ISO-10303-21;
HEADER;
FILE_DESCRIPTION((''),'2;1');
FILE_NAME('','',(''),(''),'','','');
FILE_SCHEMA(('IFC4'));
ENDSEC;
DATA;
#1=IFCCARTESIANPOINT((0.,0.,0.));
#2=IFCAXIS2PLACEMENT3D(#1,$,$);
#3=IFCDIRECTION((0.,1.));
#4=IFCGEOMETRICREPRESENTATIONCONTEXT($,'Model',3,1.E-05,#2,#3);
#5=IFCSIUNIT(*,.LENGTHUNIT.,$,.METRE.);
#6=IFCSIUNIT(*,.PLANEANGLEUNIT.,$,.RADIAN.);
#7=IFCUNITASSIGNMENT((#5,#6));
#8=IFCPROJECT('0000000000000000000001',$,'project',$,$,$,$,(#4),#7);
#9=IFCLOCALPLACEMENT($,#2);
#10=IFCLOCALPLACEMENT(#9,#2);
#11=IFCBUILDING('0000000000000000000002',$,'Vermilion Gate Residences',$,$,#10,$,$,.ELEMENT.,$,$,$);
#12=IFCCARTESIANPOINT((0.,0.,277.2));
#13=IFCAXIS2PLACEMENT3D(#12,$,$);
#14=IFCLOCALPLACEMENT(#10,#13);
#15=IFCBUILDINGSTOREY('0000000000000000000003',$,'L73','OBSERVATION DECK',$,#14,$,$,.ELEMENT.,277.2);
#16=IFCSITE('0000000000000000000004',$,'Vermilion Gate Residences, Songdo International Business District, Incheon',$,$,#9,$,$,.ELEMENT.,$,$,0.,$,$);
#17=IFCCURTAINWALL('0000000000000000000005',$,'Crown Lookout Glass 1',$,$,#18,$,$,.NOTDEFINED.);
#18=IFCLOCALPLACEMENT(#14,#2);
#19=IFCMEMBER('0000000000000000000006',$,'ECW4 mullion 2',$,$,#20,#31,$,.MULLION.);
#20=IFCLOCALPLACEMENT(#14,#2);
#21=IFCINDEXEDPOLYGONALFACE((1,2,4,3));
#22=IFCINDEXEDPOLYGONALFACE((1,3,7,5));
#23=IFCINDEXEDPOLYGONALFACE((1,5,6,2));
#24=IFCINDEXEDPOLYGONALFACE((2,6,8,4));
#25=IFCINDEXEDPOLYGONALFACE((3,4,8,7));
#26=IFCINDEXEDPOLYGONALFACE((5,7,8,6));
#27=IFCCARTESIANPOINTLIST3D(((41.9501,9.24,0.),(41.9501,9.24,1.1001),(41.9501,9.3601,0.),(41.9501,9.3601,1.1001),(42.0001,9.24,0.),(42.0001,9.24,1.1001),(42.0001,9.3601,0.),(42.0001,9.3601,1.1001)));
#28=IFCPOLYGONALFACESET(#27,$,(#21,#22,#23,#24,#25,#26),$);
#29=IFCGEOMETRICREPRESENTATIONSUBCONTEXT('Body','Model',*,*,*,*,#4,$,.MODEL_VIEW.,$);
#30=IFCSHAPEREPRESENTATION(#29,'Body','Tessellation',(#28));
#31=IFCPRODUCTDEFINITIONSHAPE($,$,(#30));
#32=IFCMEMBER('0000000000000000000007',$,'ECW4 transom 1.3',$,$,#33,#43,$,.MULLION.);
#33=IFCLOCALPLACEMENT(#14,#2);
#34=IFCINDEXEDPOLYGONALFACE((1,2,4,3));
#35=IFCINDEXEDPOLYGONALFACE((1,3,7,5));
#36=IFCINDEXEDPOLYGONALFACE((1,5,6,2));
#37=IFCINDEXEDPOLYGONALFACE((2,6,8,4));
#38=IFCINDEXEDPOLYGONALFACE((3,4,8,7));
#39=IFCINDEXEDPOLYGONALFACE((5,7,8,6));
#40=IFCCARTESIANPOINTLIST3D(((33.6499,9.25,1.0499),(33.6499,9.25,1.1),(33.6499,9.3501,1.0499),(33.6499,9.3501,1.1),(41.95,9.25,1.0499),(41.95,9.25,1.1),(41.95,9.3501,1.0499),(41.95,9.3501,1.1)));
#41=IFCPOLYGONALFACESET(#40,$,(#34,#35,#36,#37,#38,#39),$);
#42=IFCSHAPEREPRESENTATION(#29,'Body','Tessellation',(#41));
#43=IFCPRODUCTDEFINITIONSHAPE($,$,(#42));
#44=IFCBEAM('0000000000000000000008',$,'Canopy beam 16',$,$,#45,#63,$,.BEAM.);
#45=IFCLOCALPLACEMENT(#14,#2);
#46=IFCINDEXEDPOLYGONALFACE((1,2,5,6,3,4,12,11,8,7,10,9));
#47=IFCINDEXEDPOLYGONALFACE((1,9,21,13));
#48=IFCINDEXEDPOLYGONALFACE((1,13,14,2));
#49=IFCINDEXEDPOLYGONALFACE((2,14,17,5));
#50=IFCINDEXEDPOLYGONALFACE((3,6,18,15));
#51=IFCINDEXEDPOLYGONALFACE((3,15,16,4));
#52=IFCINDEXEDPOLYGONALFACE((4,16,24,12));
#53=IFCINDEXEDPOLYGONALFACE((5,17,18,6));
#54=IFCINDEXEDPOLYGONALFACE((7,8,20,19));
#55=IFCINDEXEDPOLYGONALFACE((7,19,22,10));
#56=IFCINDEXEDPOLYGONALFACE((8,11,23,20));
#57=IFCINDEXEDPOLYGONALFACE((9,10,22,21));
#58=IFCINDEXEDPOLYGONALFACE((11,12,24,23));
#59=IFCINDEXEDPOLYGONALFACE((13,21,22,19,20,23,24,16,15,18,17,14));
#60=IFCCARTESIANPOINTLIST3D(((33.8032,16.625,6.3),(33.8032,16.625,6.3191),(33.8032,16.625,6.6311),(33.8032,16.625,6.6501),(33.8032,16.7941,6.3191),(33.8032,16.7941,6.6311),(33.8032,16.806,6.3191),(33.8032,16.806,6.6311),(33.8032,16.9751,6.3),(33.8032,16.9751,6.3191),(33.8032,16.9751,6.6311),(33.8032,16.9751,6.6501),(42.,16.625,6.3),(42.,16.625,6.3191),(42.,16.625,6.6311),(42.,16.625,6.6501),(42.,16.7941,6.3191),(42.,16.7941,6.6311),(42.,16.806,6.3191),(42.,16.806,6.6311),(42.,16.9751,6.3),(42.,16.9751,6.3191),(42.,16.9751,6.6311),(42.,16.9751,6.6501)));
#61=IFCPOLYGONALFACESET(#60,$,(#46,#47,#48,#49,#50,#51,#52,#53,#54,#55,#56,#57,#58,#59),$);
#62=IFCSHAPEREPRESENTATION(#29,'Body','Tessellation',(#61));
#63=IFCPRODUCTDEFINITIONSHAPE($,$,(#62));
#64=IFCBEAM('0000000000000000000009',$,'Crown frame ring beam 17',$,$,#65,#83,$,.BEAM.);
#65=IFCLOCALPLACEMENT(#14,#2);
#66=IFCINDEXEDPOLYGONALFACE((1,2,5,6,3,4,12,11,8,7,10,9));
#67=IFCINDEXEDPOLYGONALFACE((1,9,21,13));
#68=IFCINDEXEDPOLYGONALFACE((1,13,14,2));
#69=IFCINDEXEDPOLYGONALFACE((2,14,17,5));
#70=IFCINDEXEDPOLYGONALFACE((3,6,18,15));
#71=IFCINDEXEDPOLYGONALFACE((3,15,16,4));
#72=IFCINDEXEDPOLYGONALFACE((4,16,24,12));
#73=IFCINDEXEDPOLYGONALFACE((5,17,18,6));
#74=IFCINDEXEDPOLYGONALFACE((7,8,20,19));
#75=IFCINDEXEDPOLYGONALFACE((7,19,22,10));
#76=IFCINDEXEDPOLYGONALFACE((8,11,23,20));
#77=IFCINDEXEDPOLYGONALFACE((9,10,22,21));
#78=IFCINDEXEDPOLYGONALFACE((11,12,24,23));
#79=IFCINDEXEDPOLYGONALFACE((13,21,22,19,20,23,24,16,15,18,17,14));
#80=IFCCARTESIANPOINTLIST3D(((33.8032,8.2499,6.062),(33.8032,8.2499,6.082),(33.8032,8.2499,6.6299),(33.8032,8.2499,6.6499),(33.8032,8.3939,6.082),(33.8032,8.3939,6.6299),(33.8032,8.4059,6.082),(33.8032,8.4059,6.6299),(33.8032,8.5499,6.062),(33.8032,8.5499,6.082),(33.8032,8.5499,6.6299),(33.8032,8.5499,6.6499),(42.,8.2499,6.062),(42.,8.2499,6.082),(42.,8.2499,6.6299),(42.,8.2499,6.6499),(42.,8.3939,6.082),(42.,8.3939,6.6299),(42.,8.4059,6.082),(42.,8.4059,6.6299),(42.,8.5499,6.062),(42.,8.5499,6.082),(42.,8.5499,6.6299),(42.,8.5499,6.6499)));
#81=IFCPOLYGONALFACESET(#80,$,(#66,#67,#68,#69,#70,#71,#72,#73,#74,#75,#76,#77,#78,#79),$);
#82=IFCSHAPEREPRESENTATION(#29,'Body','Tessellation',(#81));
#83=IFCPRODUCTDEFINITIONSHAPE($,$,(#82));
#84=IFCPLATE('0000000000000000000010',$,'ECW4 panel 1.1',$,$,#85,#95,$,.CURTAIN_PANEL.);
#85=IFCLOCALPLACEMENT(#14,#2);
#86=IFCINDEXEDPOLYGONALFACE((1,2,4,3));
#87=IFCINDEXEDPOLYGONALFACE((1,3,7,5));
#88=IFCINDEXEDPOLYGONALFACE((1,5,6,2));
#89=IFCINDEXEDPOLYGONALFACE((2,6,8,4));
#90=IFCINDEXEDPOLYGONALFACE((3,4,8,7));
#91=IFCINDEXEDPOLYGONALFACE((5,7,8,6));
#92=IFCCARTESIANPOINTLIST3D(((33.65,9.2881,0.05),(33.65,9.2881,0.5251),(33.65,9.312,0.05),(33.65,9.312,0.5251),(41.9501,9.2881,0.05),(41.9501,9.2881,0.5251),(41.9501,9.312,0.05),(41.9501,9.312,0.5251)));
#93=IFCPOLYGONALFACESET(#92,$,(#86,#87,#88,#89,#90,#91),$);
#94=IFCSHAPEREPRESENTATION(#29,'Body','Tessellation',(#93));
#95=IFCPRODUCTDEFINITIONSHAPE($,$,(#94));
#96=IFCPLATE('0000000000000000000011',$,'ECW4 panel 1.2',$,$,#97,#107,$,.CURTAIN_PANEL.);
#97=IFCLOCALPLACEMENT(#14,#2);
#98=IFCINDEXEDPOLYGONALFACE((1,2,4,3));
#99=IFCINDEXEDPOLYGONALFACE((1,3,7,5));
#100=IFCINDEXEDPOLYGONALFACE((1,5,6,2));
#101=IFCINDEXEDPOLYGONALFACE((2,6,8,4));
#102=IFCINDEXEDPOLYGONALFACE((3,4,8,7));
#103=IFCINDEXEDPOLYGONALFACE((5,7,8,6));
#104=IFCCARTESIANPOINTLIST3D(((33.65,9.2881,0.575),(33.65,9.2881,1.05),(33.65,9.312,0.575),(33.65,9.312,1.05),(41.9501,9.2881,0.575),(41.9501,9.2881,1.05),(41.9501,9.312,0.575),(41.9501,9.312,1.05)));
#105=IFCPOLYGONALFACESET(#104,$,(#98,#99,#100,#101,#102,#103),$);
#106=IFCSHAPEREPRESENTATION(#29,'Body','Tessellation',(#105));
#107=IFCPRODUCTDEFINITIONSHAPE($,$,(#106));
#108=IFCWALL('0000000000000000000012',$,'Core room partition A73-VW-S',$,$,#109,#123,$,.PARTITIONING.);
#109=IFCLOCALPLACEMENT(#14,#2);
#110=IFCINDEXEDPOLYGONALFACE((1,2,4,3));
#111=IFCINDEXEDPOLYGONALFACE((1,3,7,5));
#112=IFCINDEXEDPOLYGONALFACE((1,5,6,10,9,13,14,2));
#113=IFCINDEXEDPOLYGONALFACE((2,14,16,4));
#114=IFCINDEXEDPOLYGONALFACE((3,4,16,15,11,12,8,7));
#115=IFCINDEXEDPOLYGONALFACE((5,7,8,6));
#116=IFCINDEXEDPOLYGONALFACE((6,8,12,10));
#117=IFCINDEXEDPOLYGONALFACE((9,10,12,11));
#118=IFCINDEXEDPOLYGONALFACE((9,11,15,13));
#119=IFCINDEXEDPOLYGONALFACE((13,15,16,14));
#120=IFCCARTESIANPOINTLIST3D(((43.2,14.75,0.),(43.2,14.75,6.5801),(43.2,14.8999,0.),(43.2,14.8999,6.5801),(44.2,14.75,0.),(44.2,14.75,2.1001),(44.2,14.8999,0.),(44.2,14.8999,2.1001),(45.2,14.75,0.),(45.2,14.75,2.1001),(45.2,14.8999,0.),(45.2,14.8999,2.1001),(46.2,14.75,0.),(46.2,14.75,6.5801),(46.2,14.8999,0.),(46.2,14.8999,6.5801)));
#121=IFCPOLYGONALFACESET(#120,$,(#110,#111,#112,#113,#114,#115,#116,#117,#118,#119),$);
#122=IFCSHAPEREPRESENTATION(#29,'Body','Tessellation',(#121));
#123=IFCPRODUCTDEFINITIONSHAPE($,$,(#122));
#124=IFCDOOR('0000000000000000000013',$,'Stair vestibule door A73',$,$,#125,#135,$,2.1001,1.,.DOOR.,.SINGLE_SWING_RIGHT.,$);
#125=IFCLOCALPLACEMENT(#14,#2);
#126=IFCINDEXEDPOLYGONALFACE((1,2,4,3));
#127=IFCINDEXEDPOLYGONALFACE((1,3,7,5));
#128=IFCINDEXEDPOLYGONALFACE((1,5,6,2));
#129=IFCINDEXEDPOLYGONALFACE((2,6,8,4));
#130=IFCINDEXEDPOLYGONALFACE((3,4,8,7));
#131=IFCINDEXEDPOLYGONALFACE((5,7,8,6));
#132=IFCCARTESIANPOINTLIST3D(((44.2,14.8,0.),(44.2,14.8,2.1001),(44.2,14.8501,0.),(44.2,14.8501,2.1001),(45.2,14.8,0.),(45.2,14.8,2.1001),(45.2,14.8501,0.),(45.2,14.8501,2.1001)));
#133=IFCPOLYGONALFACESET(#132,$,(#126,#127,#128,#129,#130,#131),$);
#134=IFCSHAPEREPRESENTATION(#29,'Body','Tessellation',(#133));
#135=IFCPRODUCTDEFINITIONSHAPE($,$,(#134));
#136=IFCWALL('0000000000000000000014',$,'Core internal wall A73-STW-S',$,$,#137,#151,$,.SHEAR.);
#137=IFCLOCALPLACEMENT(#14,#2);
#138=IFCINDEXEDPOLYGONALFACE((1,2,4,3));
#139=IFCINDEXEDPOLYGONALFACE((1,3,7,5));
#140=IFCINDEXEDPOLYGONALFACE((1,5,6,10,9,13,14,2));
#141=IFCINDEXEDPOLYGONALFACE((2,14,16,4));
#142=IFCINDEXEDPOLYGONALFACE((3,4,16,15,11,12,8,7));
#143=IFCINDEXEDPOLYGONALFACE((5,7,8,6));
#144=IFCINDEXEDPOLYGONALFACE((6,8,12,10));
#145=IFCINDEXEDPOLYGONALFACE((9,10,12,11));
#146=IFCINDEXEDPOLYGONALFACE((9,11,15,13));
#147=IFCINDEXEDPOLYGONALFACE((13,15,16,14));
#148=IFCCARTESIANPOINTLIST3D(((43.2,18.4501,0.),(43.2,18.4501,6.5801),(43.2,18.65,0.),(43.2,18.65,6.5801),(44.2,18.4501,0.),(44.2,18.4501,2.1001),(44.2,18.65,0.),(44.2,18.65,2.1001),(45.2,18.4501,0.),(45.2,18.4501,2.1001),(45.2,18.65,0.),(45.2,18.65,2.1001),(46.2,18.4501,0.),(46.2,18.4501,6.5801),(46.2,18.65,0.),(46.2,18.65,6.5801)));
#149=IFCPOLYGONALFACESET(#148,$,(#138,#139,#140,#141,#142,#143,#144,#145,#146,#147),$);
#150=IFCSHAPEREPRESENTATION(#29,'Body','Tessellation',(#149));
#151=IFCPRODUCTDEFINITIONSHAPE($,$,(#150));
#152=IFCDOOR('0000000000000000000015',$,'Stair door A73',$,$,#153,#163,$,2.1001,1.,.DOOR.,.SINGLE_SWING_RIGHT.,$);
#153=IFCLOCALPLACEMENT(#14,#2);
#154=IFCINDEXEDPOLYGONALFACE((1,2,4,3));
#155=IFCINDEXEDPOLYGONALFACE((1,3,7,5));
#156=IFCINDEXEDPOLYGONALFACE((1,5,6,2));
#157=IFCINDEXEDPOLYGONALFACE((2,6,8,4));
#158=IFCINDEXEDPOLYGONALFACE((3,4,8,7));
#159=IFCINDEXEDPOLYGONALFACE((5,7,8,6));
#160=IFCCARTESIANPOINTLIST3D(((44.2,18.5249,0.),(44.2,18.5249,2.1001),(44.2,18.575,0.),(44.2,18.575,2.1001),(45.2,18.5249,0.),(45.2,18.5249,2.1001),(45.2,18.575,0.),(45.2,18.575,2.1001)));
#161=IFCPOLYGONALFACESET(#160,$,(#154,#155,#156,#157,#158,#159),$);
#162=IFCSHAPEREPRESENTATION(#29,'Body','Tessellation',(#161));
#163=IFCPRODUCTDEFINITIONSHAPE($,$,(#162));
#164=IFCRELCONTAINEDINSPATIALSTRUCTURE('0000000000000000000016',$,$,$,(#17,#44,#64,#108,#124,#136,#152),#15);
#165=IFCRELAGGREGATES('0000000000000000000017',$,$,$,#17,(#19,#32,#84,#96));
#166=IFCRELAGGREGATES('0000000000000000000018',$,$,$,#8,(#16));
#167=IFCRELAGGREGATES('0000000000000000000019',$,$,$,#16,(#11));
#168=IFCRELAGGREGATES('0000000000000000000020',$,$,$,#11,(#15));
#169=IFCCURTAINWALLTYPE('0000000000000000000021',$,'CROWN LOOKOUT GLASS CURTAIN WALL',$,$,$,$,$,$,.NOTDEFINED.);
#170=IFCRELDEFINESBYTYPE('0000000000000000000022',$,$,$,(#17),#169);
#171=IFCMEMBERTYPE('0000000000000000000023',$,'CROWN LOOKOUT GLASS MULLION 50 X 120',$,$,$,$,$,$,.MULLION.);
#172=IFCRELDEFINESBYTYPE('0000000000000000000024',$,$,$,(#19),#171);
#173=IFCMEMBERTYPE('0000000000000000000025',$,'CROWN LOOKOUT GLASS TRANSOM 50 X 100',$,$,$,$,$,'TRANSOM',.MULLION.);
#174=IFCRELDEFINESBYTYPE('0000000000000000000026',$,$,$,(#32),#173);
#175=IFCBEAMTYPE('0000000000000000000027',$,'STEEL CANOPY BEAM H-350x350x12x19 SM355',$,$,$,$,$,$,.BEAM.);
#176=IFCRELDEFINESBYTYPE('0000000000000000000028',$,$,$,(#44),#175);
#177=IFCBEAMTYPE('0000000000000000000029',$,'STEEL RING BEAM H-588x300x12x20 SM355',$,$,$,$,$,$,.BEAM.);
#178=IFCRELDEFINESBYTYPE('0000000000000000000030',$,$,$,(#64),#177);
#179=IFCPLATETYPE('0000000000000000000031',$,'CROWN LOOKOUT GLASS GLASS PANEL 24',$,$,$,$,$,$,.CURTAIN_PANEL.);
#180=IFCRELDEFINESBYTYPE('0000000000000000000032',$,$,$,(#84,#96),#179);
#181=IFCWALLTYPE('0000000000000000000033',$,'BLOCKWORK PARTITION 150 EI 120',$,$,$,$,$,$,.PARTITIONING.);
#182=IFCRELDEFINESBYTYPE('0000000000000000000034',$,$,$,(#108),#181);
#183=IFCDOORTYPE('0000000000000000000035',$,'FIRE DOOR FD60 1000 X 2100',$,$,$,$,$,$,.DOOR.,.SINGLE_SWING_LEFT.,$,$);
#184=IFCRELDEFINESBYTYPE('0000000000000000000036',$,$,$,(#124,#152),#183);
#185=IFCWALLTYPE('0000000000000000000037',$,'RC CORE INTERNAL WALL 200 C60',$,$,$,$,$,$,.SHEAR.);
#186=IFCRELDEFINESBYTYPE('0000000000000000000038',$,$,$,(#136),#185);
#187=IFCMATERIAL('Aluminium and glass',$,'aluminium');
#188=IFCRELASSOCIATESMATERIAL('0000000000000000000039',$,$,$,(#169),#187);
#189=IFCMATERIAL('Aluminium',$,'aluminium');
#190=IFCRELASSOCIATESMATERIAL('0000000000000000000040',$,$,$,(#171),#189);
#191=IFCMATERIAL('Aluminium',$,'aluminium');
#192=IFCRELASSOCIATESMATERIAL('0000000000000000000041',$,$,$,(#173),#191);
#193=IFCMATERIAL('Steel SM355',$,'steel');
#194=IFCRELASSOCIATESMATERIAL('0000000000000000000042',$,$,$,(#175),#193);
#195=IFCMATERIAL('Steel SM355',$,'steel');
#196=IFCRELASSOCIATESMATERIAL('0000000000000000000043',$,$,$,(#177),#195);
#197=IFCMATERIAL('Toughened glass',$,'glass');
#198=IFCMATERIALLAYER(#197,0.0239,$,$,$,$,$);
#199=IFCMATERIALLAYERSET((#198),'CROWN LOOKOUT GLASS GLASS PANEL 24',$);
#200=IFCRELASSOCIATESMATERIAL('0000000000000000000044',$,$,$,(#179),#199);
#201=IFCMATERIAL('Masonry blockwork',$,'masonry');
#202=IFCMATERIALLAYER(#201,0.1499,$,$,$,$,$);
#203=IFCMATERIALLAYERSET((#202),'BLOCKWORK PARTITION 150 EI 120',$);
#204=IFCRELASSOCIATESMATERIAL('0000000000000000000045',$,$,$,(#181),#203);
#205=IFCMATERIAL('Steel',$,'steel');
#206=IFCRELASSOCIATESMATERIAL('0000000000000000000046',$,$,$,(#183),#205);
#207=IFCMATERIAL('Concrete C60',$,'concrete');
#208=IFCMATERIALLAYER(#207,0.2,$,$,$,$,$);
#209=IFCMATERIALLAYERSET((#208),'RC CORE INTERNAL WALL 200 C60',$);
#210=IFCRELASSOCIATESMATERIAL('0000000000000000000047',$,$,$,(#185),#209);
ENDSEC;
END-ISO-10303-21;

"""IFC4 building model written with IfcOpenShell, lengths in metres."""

from ifc_helpers import new_model, si_unit, direction, frame, frame_2d, origin, origin_2d, place, context, subcontext, project, spatial, rectangle, i_section, extrude, material, layer, layer_set, material_profile, profile_set, type_object, element, fill, aggregate, save


model = new_model("IFC4")

# Units and contexts
model_context = context("Model", 3, precision=1e-05, world=origin(), true_north=direction((0.0, 1.0)))
body_context = subcontext(model_context, "Body", "Model", "MODEL_VIEW")
ifc_project = project(units=[si_unit("LENGTHUNIT", "METRE"), si_unit("PLANEANGLEUNIT", "RADIAN")], contexts=[model_context])

# Site, building, storey
site_placement = place(None, origin())
site = spatial("IfcSite", under=ifc_project, at=site_placement, Name="Vermilion Gate Residences, Songdo International Business District, Incheon", CompositionType="ELEMENT", RefElevation=0.0)
building_placement = place(site_placement, origin())
building = spatial("IfcBuilding", under=site, at=building_placement, Name="Vermilion Gate Residences", CompositionType="ELEMENT")
storey_placement = place(building_placement, frame((0.0, 0.0, 277.2)))
storey = spatial("IfcBuildingStorey", under=building, at=storey_placement, Name="L73", Description="OBSERVATION DECK", CompositionType="ELEMENT", Elevation=277.2)

# Curtain wall, members
ifc_material_1 = material(Name="Aluminium and glass", Category="aluminium")
curtain_wall_type = type_object("IfcCurtainWallType", Name="CROWN LOOKOUT GLASS CURTAIN WALL", PredefinedType="NOTDEFINED", material=ifc_material_1)
curtain_wall_placement = place(storey_placement, origin())
curtain_wall = element("IfcCurtainWall", 1, at=curtain_wall_placement, inside=storey, type_object=curtain_wall_type, Name="Crown Lookout Glass 1", PredefinedType="NOTDEFINED")
ifc_material_2 = material(Name="Aluminium", Category="aluminium")
ifc_material_profile_1 = material_profile(ifc_material_2, rectangle(XDim=0.1201, YDim=0.05, at=origin_2d()), Name="MULLION 50 X 120")
ifc_profile_set_1 = profile_set([ifc_material_profile_1], Name="Aluminium")
member_type_1 = type_object("IfcMemberType", Name="CROWN LOOKOUT GLASS MULLION 50 X 120", PredefinedType="MULLION", material=ifc_profile_set_1)
member_1_placement = place(storey_placement, frame((41.9751, 9.3, 0.0), z_axis=(0.0, 0.0, 1.0), x_axis=(0.0, 1.0, 0.0)))
member_1 = element("IfcMember", 2, at=member_1_placement, type_object=member_type_1, Name="ECW4 mullion 2", PredefinedType="MULLION", context=body_context, shape_type="SweptSolid", body=[
    extrude(rectangle(XDim=0.1201, YDim=0.05, at=origin_2d()), origin(), (0.0, 0.0, 1.0), 1.1001),
])
ifc_material_3 = material(Name="Aluminium", Category="aluminium")
ifc_material_profile_2 = material_profile(ifc_material_3, rectangle(XDim=0.1001, YDim=0.05, at=origin_2d()), Name="TRANSOM 50 X 100")
ifc_profile_set_2 = profile_set([ifc_material_profile_2], Name="Aluminium")
member_type_2 = type_object("IfcMemberType", Name="CROWN LOOKOUT GLASS TRANSOM 50 X 100", ElementType="TRANSOM", PredefinedType="MULLION", material=ifc_profile_set_2)
member_2_placement = place(storey_placement, frame((33.6499, 9.3, 1.075), z_axis=(1.0, 0.0, 0.0), x_axis=(0.0, 1.0, 0.0)))
member_2 = element("IfcMember", 3, at=member_2_placement, type_object=member_type_2, Name="ECW4 transom 1.3", PredefinedType="MULLION", context=body_context, shape_type="SweptSolid", body=[
    extrude(rectangle(XDim=0.1001, YDim=0.05, at=origin_2d()), origin(), (0.0, 0.0, 1.0), 8.3),
])

# Beams
ifc_material_4 = material(Name="Steel SM355", Category="steel")
ifc_material_profile_3 = material_profile(ifc_material_4, i_section(OverallWidth=0.3501, OverallDepth=0.3501, WebThickness=0.012, FlangeThickness=0.019, at=origin_2d()), Name="H-350x350x12x19")
ifc_profile_set_3 = profile_set([ifc_material_profile_3], Name="Steel SM355")
beam_type_1 = type_object("IfcBeamType", Name="STEEL CANOPY BEAM H-350x350x12x19 SM355", PredefinedType="BEAM", material=ifc_profile_set_3)
beam_1_placement = place(storey_placement, frame((33.8032, 16.8, 6.4751), z_axis=(1.0, 0.0, 0.0), x_axis=(0.0, 1.0, 0.0)))
element("IfcBeam", 4, at=beam_1_placement, inside=storey, type_object=beam_type_1, Name="Canopy beam 16", PredefinedType="BEAM", context=body_context, shape_type="SweptSolid", body=[
    extrude(i_section(OverallWidth=0.3501, OverallDepth=0.3501, WebThickness=0.012, FlangeThickness=0.019, at=origin_2d()), origin(), (0.0, 0.0, 1.0), 8.1968),
])
ifc_material_5 = material(Name="Steel SM355", Category="steel")
ifc_material_profile_4 = material_profile(ifc_material_5, i_section(OverallWidth=0.3, OverallDepth=0.5879, WebThickness=0.012, FlangeThickness=0.02, at=origin_2d()), Name="H-588x300x12x20")
ifc_profile_set_4 = profile_set([ifc_material_profile_4], Name="Steel SM355")
beam_type_2 = type_object("IfcBeamType", Name="STEEL RING BEAM H-588x300x12x20 SM355", PredefinedType="BEAM", material=ifc_profile_set_4)
beam_2_placement = place(storey_placement, frame((33.8032, 8.3999, 6.356), z_axis=(1.0, 0.0, 0.0), x_axis=(0.0, 1.0, 0.0)))
element("IfcBeam", 5, at=beam_2_placement, inside=storey, type_object=beam_type_2, Name="Crown frame ring beam 17", PredefinedType="BEAM", context=body_context, shape_type="SweptSolid", body=[
    extrude(i_section(OverallWidth=0.3, OverallDepth=0.5879, WebThickness=0.012, FlangeThickness=0.02, at=origin_2d()), origin(), (0.0, 0.0, 1.0), 8.1968),
])

# Plates
ifc_material_6 = material(Name="Toughened glass", Category="glass")
ifc_layer_1 = layer(ifc_material_6, 0.0239)
ifc_layer_set_1 = layer_set([ifc_layer_1], Name="CROWN LOOKOUT GLASS GLASS PANEL 24")
plate_type = type_object("IfcPlateType", Name="CROWN LOOKOUT GLASS GLASS PANEL 24", PredefinedType="CURTAIN_PANEL", material=ifc_layer_set_1)
plate_1_placement = place(storey_placement, frame((37.8, 9.3, 0.05), z_axis=(0.0, 0.0, 1.0), x_axis=(1.0, 0.0, 0.0)))
plate_1 = element("IfcPlate", 6, at=plate_1_placement, type_object=plate_type, Name="ECW4 panel 1.1", PredefinedType="CURTAIN_PANEL", context=body_context, shape_type="SweptSolid", body=[
    extrude(rectangle(XDim=8.3, YDim=0.0239, at=origin_2d()), origin(), (0.0, 0.0, 1.0), 0.4751),
])
plate_2_placement = place(storey_placement, frame((37.8, 9.3, 0.575), z_axis=(0.0, 0.0, 1.0), x_axis=(1.0, 0.0, 0.0)))
plate_2 = element("IfcPlate", 7, at=plate_2_placement, type_object=plate_type, Name="ECW4 panel 1.2", PredefinedType="CURTAIN_PANEL", context=body_context, shape_type="SweptSolid", body=[
    extrude(rectangle(XDim=8.3, YDim=0.0239, at=origin_2d()), origin(), (0.0, 0.0, 1.0), 0.4751),
])
aggregate(curtain_wall, [member_1, member_2, plate_1, plate_2])

# Walls, openings, doors
ifc_material_7 = material(Name="Masonry blockwork", Category="masonry")
ifc_layer_2 = layer(ifc_material_7, 0.1499)
ifc_layer_set_2 = layer_set([ifc_layer_2], Name="BLOCKWORK PARTITION 150 EI 120")
wall_type_1 = type_object("IfcWallType", Name="BLOCKWORK PARTITION 150 EI 120", PredefinedType="PARTITIONING", material=ifc_layer_set_2)
wall_1_placement = place(storey_placement, frame((43.2, 14.825, 0.0), z_axis=(0.0, 0.0, 1.0), x_axis=(1.0, 0.0, 0.0)))
wall_1 = element("IfcWall", 8, at=wall_1_placement, inside=storey, type_object=wall_type_1, Name="Core room partition A73-VW-S", PredefinedType="PARTITIONING", context=body_context, shape_type="SweptSolid", body=[
    extrude(rectangle(XDim=3.0, YDim=0.1499, at=frame_2d((1.5, 0.0))), origin(), (0.0, 0.0, 1.0), 6.5801),
])
opening_1_placement = place(wall_1_placement, frame((1.0, 0.0, 0.0)))
opening_1 = element("IfcOpeningElement", 9, at=opening_1_placement, cuts=wall_1, PredefinedType="OPENING", context=body_context, shape_type="SweptSolid", body=[
    extrude(rectangle(XDim=1.0, YDim=2.1001, at=frame_2d((0.5, 1.05))), frame((0.0, 0.085, 0.0), z_axis=(0.0, -1.0, 0.0), x_axis=(1.0, 0.0, 0.0)), (0.0, 0.0, 1.0), 0.1699),
])
ifc_material_8 = material(Name="Steel", Category="steel")
door_type_1 = type_object("IfcDoorType", Name="FIRE DOOR FD60 1000 X 2100", OperationType="SINGLE_SWING_LEFT", PredefinedType="DOOR", material=ifc_material_8)
door_1_placement = place(opening_1_placement, frame((1.0, 0.0, 0.0), z_axis=(0.0, 0.0, 1.0), x_axis=(-1.0, 0.0, 0.0)))
door_1 = element("IfcDoor", 10, at=door_1_placement, inside=storey, type_object=door_type_1, Name="Stair vestibule door A73", OperationType="SINGLE_SWING_RIGHT", OverallHeight=2.1001, OverallWidth=1.0, PredefinedType="DOOR", context=body_context, shape_type="SweptSolid", body=[
    extrude(rectangle(XDim=1.0, YDim=2.1001, at=frame_2d((0.5, 1.05))), frame((0.0, 0.0249, 0.0), z_axis=(0.0, -1.0, 0.0), x_axis=(1.0, 0.0, 0.0)), (0.0, 0.0, 1.0), 0.05),
])
fill(opening_1, door_1)
ifc_material_9 = material(Name="Concrete C60", Category="concrete")
ifc_layer_3 = layer(ifc_material_9, 0.2)
ifc_layer_set_3 = layer_set([ifc_layer_3], Name="RC CORE INTERNAL WALL 200 C60")
wall_type_2 = type_object("IfcWallType", Name="RC CORE INTERNAL WALL 200 C60", PredefinedType="SHEAR", material=ifc_layer_set_3)
wall_2_placement = place(storey_placement, frame((43.2, 18.55, 0.0), z_axis=(0.0, 0.0, 1.0), x_axis=(1.0, 0.0, 0.0)))
wall_2 = element("IfcWall", 11, at=wall_2_placement, inside=storey, type_object=wall_type_2, Name="Core internal wall A73-STW-S", PredefinedType="SHEAR", context=body_context, shape_type="SweptSolid", body=[
    extrude(rectangle(XDim=3.0, YDim=0.2, at=frame_2d((1.5, 0.0))), origin(), (0.0, 0.0, 1.0), 6.5801),
])
opening_2_placement = place(wall_2_placement, frame((1.0, 0.0, 0.0)))
opening_2 = element("IfcOpeningElement", 12, at=opening_2_placement, cuts=wall_2, PredefinedType="OPENING", context=body_context, shape_type="SweptSolid", body=[
    extrude(rectangle(XDim=1.0, YDim=2.1001, at=frame_2d((0.5, 1.05))), frame((0.0, 0.1099, 0.0), z_axis=(0.0, -1.0, 0.0), x_axis=(1.0, 0.0, 0.0)), (0.0, 0.0, 1.0), 0.22),
])
door_2_placement = place(opening_2_placement, origin())
door_2 = element("IfcDoor", 13, at=door_2_placement, inside=storey, type_object=door_type_1, Name="Stair door A73", OperationType="SINGLE_SWING_RIGHT", OverallHeight=2.1001, OverallWidth=1.0, PredefinedType="DOOR", context=body_context, shape_type="SweptSolid", body=[
    extrude(rectangle(XDim=1.0, YDim=2.1001, at=frame_2d((0.5, 1.05))), frame((0.0, 0.0249, 0.0), z_axis=(0.0, -1.0, 0.0), x_axis=(1.0, 0.0, 0.0)), (0.0, 0.0, 1.0), 0.05),
])
fill(opening_2, door_2)

save(model, "model.ifc")
